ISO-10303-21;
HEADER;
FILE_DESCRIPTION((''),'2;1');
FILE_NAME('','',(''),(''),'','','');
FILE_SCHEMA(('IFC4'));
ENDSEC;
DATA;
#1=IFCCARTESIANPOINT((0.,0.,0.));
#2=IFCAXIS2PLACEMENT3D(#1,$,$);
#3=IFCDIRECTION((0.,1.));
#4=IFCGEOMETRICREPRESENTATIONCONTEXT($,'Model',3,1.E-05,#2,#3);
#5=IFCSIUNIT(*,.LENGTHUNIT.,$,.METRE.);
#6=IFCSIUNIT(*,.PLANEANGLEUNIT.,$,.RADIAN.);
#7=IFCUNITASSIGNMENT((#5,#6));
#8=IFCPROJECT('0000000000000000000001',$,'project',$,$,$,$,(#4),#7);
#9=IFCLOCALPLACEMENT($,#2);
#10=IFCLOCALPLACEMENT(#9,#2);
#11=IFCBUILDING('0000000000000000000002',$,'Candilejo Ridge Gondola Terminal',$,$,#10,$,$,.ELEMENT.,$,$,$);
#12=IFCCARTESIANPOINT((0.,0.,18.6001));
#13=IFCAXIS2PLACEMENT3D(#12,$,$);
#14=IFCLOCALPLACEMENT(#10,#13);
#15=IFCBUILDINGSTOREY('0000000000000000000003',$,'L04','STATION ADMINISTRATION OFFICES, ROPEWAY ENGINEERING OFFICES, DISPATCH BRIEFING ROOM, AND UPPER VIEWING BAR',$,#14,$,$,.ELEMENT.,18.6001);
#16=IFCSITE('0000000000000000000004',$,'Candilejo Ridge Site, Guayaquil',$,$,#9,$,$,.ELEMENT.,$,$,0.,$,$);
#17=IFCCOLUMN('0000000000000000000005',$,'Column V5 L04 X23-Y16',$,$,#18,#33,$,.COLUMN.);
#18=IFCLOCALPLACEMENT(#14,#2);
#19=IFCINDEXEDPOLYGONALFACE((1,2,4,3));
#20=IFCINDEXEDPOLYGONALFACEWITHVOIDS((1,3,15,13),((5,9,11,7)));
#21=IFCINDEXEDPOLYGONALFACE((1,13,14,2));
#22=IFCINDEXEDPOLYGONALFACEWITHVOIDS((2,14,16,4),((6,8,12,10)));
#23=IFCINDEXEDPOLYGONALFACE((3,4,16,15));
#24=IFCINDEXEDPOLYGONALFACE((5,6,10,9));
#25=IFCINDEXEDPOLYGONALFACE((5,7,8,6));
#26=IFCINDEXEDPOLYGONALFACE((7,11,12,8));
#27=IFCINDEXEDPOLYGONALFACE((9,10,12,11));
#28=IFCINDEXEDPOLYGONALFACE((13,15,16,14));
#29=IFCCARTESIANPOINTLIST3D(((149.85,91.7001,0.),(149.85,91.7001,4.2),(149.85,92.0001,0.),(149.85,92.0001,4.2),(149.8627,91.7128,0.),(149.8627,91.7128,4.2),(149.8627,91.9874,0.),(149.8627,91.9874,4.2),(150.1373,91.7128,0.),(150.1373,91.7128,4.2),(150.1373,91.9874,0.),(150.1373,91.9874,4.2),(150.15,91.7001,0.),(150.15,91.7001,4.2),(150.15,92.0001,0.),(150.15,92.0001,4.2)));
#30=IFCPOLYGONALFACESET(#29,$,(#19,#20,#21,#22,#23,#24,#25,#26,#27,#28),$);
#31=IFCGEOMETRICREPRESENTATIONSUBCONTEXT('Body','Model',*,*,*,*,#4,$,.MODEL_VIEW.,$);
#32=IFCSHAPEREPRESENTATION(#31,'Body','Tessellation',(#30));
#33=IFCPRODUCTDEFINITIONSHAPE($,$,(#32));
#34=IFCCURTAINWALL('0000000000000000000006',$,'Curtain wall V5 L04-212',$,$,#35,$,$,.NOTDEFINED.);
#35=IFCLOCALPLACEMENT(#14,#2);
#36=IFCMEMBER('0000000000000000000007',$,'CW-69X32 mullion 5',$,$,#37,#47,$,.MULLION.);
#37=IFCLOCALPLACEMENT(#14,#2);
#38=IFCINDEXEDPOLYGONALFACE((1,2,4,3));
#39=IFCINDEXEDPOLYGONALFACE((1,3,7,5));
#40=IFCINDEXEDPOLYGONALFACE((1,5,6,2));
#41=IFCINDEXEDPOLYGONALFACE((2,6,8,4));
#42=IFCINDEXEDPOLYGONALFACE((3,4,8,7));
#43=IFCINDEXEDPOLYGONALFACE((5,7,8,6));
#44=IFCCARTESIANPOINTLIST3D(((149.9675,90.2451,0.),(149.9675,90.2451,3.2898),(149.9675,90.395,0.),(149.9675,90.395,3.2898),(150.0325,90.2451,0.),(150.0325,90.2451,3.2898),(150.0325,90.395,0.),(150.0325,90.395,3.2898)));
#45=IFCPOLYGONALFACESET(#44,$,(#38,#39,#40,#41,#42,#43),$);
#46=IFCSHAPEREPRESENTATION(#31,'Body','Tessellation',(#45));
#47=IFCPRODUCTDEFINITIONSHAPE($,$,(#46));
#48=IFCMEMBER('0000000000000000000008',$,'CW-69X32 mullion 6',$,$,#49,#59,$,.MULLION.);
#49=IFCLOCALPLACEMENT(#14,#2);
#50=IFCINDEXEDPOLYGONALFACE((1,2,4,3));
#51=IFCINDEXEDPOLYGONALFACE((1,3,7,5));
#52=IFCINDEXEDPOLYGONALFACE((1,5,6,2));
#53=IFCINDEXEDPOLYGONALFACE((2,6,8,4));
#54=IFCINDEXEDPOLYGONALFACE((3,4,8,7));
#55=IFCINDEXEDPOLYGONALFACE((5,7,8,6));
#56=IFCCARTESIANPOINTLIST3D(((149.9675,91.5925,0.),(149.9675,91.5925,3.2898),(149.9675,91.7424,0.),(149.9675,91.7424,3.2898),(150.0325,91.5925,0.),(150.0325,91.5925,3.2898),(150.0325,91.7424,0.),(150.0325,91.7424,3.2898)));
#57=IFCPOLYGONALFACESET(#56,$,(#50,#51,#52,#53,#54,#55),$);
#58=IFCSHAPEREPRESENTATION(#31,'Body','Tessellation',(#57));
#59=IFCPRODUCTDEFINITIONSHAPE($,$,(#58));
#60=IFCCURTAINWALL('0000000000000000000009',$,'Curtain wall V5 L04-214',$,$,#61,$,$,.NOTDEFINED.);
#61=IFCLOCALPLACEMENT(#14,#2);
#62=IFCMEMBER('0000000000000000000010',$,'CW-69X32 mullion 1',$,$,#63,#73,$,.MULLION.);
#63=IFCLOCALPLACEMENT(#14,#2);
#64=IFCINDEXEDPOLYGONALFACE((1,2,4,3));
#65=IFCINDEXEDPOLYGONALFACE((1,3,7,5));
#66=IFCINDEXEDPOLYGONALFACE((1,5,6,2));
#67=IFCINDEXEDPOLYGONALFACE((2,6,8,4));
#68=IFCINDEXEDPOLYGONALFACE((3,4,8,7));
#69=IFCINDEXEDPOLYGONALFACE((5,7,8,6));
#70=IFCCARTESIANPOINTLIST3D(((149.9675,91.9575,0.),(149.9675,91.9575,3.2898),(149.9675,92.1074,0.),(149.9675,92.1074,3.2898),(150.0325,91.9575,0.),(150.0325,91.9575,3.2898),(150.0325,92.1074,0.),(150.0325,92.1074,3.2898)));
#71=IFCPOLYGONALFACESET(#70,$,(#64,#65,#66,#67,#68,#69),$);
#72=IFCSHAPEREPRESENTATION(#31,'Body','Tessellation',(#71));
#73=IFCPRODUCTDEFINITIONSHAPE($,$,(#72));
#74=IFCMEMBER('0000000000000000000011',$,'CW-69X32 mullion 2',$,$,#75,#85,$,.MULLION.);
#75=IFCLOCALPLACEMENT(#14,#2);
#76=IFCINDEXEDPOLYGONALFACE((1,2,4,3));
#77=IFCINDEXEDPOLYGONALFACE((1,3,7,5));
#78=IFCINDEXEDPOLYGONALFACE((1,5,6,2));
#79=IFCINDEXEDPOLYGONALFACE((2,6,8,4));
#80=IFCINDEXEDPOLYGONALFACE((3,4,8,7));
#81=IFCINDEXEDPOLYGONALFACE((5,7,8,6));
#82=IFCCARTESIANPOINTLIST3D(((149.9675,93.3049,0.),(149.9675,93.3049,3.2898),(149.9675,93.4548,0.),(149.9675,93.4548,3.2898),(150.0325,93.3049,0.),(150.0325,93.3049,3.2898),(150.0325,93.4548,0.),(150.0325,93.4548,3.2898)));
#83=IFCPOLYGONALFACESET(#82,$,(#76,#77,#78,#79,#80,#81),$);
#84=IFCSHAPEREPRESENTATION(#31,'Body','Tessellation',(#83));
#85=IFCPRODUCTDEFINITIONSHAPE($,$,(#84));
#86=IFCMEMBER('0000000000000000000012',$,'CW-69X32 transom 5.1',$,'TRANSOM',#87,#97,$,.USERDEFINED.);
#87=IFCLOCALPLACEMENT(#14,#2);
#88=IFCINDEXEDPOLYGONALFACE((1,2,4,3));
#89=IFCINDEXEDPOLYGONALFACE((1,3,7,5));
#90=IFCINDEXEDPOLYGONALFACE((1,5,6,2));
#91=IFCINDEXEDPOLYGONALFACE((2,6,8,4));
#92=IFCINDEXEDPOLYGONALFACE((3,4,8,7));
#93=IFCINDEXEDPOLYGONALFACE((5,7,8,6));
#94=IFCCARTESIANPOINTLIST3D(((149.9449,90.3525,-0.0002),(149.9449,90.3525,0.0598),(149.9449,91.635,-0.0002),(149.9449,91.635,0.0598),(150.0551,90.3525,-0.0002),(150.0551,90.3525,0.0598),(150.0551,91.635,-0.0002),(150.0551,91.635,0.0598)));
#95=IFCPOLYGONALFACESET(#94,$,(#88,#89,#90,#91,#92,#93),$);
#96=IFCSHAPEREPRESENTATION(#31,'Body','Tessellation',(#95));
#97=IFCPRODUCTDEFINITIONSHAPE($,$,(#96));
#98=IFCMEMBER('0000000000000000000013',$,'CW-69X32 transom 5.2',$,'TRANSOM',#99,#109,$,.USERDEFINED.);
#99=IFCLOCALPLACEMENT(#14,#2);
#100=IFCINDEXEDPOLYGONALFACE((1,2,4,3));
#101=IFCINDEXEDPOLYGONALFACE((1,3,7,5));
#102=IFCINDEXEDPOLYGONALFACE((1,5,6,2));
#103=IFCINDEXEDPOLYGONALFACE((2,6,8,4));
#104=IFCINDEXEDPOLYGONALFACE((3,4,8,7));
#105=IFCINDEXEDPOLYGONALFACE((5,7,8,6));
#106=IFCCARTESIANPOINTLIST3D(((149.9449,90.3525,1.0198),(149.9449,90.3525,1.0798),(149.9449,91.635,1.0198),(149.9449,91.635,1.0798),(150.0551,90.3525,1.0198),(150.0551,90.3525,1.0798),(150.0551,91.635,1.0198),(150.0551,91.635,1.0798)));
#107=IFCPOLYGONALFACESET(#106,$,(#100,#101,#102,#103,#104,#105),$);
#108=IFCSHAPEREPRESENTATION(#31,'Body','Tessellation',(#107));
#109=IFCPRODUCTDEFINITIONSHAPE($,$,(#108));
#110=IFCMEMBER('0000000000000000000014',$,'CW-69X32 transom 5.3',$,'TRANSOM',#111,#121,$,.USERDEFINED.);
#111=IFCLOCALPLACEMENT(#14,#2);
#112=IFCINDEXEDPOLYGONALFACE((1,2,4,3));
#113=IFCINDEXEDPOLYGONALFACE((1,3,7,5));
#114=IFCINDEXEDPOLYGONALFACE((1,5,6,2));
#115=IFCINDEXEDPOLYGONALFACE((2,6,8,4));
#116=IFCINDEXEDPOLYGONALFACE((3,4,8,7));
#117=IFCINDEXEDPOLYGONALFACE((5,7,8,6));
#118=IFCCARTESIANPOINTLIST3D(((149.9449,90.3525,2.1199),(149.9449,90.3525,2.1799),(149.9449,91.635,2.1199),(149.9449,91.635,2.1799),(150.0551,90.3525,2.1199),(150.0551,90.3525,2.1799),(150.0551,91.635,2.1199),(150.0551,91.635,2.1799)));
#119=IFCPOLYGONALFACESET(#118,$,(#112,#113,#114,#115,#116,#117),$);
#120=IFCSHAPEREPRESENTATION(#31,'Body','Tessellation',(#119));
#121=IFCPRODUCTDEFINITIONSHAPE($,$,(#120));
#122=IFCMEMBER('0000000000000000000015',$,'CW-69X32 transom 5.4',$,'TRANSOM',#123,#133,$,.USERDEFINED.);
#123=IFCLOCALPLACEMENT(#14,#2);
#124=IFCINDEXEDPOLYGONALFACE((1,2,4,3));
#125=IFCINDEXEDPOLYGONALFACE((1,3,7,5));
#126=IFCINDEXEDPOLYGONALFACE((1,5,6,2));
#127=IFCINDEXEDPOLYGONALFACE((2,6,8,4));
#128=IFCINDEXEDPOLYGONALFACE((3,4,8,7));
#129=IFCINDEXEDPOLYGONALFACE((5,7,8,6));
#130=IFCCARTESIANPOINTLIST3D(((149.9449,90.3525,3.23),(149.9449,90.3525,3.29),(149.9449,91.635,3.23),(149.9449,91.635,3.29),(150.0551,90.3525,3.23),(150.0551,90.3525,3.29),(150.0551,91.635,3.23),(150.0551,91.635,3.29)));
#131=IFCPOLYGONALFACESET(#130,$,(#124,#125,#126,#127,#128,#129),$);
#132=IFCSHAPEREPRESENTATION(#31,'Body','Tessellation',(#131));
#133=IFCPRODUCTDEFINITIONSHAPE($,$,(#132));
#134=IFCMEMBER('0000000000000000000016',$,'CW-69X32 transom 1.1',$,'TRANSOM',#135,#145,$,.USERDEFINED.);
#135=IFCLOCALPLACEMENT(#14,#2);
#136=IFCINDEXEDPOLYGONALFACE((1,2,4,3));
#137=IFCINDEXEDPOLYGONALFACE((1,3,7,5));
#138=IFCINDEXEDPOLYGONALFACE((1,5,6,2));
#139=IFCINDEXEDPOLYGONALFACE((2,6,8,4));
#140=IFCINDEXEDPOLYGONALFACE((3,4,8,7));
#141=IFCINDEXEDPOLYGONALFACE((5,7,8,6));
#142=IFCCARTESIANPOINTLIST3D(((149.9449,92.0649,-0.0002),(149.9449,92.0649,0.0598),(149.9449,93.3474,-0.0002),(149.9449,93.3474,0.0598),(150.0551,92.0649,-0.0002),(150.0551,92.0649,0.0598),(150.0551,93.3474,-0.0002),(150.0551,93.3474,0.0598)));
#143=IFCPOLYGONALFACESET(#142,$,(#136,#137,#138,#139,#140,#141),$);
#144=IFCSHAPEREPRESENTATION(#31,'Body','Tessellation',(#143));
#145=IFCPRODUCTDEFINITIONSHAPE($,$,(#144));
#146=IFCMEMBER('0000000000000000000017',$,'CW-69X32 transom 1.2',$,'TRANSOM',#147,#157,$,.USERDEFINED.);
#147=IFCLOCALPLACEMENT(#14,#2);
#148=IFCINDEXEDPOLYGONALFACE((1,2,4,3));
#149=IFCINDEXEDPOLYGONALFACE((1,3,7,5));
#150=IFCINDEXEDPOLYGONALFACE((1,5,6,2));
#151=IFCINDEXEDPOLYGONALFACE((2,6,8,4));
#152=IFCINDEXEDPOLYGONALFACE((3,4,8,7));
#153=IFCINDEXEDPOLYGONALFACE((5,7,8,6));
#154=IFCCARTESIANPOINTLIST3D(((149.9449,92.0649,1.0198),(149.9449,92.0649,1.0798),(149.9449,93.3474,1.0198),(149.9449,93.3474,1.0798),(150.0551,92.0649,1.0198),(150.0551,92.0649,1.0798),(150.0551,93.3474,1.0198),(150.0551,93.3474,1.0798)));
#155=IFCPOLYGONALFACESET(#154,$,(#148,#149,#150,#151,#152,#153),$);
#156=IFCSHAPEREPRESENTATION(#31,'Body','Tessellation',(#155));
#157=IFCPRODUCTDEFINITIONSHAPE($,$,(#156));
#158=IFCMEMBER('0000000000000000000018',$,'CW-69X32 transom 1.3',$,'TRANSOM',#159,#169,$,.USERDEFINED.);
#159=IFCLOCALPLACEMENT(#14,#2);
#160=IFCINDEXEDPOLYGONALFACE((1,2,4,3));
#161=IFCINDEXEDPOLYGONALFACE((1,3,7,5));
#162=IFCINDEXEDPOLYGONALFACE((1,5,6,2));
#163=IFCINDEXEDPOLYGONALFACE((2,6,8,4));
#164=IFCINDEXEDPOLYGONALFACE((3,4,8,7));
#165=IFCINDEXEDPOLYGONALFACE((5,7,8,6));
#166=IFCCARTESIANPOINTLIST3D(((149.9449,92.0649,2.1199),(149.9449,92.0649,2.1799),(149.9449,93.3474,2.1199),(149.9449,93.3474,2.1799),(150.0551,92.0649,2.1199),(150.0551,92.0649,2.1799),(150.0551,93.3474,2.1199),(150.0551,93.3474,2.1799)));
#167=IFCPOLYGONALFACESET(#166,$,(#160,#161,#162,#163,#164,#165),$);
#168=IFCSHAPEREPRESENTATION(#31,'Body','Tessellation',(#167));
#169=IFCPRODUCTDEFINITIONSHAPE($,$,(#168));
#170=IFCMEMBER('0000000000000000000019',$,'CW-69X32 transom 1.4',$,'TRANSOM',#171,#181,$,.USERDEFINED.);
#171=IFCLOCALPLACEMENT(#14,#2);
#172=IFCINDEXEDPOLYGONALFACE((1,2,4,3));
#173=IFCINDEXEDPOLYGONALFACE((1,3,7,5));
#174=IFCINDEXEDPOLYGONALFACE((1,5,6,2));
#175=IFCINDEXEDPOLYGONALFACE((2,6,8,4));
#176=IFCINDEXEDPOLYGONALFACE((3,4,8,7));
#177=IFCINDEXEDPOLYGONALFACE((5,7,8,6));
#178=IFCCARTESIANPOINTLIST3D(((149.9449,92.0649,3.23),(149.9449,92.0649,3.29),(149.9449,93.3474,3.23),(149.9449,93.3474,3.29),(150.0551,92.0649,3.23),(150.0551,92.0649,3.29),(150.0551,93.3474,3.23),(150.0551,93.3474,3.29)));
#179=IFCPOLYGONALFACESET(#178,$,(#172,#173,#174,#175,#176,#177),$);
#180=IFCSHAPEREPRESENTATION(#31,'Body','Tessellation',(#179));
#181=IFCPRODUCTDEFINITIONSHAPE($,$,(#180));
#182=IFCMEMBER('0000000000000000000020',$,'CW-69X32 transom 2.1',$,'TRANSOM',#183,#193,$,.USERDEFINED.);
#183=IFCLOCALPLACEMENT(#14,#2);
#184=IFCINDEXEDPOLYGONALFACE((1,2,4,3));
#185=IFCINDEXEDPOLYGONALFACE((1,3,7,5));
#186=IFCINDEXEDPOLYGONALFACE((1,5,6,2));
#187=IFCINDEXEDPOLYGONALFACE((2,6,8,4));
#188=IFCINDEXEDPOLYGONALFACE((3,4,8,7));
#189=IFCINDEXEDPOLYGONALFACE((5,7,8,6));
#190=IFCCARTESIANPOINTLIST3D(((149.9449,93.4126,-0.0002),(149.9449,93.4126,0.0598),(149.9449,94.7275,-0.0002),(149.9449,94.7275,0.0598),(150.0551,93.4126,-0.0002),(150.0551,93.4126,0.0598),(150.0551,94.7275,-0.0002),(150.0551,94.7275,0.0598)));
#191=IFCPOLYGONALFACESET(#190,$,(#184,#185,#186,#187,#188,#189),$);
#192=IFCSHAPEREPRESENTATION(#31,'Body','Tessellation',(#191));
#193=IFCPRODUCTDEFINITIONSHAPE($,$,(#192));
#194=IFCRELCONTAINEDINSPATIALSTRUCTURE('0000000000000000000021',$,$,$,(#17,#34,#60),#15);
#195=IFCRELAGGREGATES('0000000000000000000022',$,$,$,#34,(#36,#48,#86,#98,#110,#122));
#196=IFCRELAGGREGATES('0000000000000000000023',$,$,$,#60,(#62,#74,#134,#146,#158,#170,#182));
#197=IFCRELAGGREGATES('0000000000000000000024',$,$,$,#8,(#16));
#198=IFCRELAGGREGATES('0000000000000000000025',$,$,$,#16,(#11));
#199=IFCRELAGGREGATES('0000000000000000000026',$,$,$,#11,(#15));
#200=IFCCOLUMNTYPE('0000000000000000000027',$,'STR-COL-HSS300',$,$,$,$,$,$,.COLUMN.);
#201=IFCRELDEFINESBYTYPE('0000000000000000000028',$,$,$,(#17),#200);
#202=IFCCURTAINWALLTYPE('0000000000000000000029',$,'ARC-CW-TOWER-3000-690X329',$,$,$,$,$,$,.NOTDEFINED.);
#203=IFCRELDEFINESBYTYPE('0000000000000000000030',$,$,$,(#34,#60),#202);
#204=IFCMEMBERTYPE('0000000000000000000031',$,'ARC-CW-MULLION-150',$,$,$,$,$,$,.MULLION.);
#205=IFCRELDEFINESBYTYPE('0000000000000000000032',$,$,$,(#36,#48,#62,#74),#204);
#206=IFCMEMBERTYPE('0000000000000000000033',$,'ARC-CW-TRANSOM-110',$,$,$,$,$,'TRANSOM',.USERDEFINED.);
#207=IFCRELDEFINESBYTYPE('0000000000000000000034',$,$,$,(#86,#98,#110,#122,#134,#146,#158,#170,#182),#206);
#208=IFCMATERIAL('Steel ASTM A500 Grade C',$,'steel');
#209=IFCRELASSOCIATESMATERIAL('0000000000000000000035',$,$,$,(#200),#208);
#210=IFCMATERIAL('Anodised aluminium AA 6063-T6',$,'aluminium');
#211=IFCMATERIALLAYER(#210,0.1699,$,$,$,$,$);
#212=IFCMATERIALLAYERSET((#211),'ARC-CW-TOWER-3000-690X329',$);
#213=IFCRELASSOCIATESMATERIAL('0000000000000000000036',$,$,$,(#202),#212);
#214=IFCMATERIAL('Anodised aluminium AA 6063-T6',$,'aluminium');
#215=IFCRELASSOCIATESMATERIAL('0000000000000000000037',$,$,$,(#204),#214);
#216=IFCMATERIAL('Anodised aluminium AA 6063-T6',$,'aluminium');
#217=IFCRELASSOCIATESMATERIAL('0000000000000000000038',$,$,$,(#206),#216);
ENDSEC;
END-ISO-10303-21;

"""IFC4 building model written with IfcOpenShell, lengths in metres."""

from ifc_helpers import new_model, si_unit, direction, frame, origin, origin_2d, place, context, subcontext, project, spatial, rectangle, hollow_rectangle, extrude, material, layer, layer_set, material_profile, profile_set, type_object, element, aggregate, save


model = new_model("IFC4")

# Units and contexts
model_context = context("Model", 3, precision=1e-05, world=origin(), true_north=direction((0.0, 1.0)))
body_context = subcontext(model_context, "Body", "Model", "MODEL_VIEW")
ifc_project = project(units=[si_unit("LENGTHUNIT", "METRE"), si_unit("PLANEANGLEUNIT", "RADIAN")], contexts=[model_context])

# Site, building, storey
site_placement = place(None, origin())
site = spatial("IfcSite", under=ifc_project, at=site_placement, Name="Candilejo Ridge Site, Guayaquil", CompositionType="ELEMENT", RefElevation=0.0)
building_placement = place(site_placement, origin())
building = spatial("IfcBuilding", under=site, at=building_placement, Name="Candilejo Ridge Gondola Terminal", CompositionType="ELEMENT")
storey_placement = place(building_placement, frame((0.0, 0.0, 18.6001)))
storey = spatial("IfcBuildingStorey", under=building, at=storey_placement, Name="L04", Description="STATION ADMINISTRATION OFFICES, ROPEWAY ENGINEERING OFFICES, DISPATCH BRIEFING ROOM, AND UPPER VIEWING BAR", CompositionType="ELEMENT", Elevation=18.6001)

# Column
ifc_material_1 = material(Name="Steel ASTM A500 Grade C", Category="steel")
ifc_material_profile_1 = material_profile(ifc_material_1, hollow_rectangle(XDim=0.3, YDim=0.3, WallThickness=0.0127, at=origin_2d()))
ifc_profile_set_1 = profile_set([ifc_material_profile_1], Name="Steel ASTM A500 Grade C")
column_type = type_object("IfcColumnType", Name="STR-COL-HSS300", PredefinedType="COLUMN", material=ifc_profile_set_1)
column_placement = place(storey_placement, frame((150.0, 91.8501, 0.0), z_axis=(0.0, 0.0, 1.0), x_axis=(1.0, 0.0, 0.0)))
element("IfcColumn", 1, at=column_placement, inside=storey, type_object=column_type, Name="Column V5 L04 X23-Y16", PredefinedType="COLUMN", context=body_context, shape_type="SweptSolid", body=[
    extrude(hollow_rectangle(XDim=0.3, YDim=0.3, WallThickness=0.0127, at=origin_2d()), origin(), (0.0, 0.0, 1.0), 4.2),
])

# Curtain walls, members
ifc_material_2 = material(Name="Anodised aluminium AA 6063-T6", Category="aluminium")
ifc_layer_1 = layer(ifc_material_2, 0.1699)
ifc_layer_set_1 = layer_set([ifc_layer_1], Name="ARC-CW-TOWER-3000-690X329")
curtain_wall_type = type_object("IfcCurtainWallType", Name="ARC-CW-TOWER-3000-690X329", PredefinedType="NOTDEFINED", material=ifc_layer_set_1)
curtain_wall_1_placement = place(storey_placement, origin())
curtain_wall_1 = element("IfcCurtainWall", 2, at=curtain_wall_1_placement, inside=storey, type_object=curtain_wall_type, Name="Curtain wall V5 L04-212", PredefinedType="NOTDEFINED")
ifc_material_3 = material(Name="Anodised aluminium AA 6063-T6", Category="aluminium")
ifc_material_profile_2 = material_profile(ifc_material_3, rectangle(XDim=0.0649, YDim=0.1499, at=origin_2d()))
ifc_profile_set_2 = profile_set([ifc_material_profile_2], Name="Anodised aluminium AA 6063-T6")
member_type_1 = type_object("IfcMemberType", Name="ARC-CW-MULLION-150", PredefinedType="MULLION", material=ifc_profile_set_2)
member_1_placement = place(storey_placement, frame((150.0, 90.3201, 0.0), z_axis=(0.0, 0.0, 1.0), x_axis=(-1.0, 0.0, 0.0)))
member_1 = element("IfcMember", 3, at=member_1_placement, type_object=member_type_1, Name="CW-69X32 mullion 5", PredefinedType="MULLION", context=body_context, shape_type="SweptSolid", body=[
    extrude(rectangle(XDim=0.0649, YDim=0.1499, at=origin_2d()), origin(), (0.0, 0.0, 1.0), 3.2898),
])
member_2_placement = place(storey_placement, frame((150.0, 91.6675, 0.0), z_axis=(0.0, 0.0, 1.0), x_axis=(-1.0, 0.0, 0.0)))
member_2 = element("IfcMember", 4, at=member_2_placement, type_object=member_type_1, Name="CW-69X32 mullion 6", PredefinedType="MULLION", context=body_context, shape_type="SweptSolid", body=[
    extrude(rectangle(XDim=0.0649, YDim=0.1499, at=origin_2d()), origin(), (0.0, 0.0, 1.0), 3.2898),
])
curtain_wall_2_placement = place(storey_placement, origin())
curtain_wall_2 = element("IfcCurtainWall", 5, at=curtain_wall_2_placement, inside=storey, type_object=curtain_wall_type, Name="Curtain wall V5 L04-214", PredefinedType="NOTDEFINED")
member_3_placement = place(storey_placement, frame((150.0, 92.0325, 0.0), z_axis=(0.0, 0.0, 1.0), x_axis=(-1.0, 0.0, 0.0)))
member_3 = element("IfcMember", 6, at=member_3_placement, type_object=member_type_1, Name="CW-69X32 mullion 1", PredefinedType="MULLION", context=body_context, shape_type="SweptSolid", body=[
    extrude(rectangle(XDim=0.0649, YDim=0.1499, at=origin_2d()), origin(), (0.0, 0.0, 1.0), 3.2898),
])
member_4_placement = place(storey_placement, frame((150.0, 93.3799, 0.0), z_axis=(0.0, 0.0, 1.0), x_axis=(-1.0, 0.0, 0.0)))
member_4 = element("IfcMember", 7, at=member_4_placement, type_object=member_type_1, Name="CW-69X32 mullion 2", PredefinedType="MULLION", context=body_context, shape_type="SweptSolid", body=[
    extrude(rectangle(XDim=0.0649, YDim=0.1499, at=origin_2d()), origin(), (0.0, 0.0, 1.0), 3.2898),
])

# Members
ifc_material_4 = material(Name="Anodised aluminium AA 6063-T6", Category="aluminium")
ifc_material_profile_3 = material_profile(ifc_material_4, rectangle(XDim=0.1101, YDim=0.0601, at=origin_2d()))
ifc_profile_set_3 = profile_set([ifc_material_profile_3], Name="Anodised aluminium AA 6063-T6")
member_type_2 = type_object("IfcMemberType", Name="ARC-CW-TRANSOM-110", ElementType="TRANSOM", PredefinedType="USERDEFINED", material=ifc_profile_set_3)
member_5_placement = place(storey_placement, frame((150.0, 90.3525, 0.0298), z_axis=(0.0, 1.0, 0.0), x_axis=(-1.0, 0.0, 0.0)))
member_5 = element("IfcMember", 8, at=member_5_placement, type_object=member_type_2, Name="CW-69X32 transom 5.1", ObjectType="TRANSOM", PredefinedType="USERDEFINED", context=body_context, shape_type="SweptSolid", body=[
    extrude(rectangle(XDim=0.1101, YDim=0.0601, at=origin_2d()), origin(), (0.0, 0.0, 1.0), 1.2825),
])
member_6_placement = place(storey_placement, frame((150.0, 90.3525, 1.0498), z_axis=(0.0, 1.0, 0.0), x_axis=(-1.0, 0.0, 0.0)))
member_6 = element("IfcMember", 9, at=member_6_placement, type_object=member_type_2, Name="CW-69X32 transom 5.2", ObjectType="TRANSOM", PredefinedType="USERDEFINED", context=body_context, shape_type="SweptSolid", body=[
    extrude(rectangle(XDim=0.1101, YDim=0.0601, at=origin_2d()), origin(), (0.0, 0.0, 1.0), 1.2825),
])
member_7_placement = place(storey_placement, frame((150.0, 90.3525, 2.1499), z_axis=(0.0, 1.0, 0.0), x_axis=(-1.0, 0.0, 0.0)))
member_7 = element("IfcMember", 10, at=member_7_placement, type_object=member_type_2, Name="CW-69X32 transom 5.3", ObjectType="TRANSOM", PredefinedType="USERDEFINED", context=body_context, shape_type="SweptSolid", body=[
    extrude(rectangle(XDim=0.1101, YDim=0.0601, at=origin_2d()), origin(), (0.0, 0.0, 1.0), 1.2825),
])
member_8_placement = place(storey_placement, frame((150.0, 90.3525, 3.26), z_axis=(0.0, 1.0, 0.0), x_axis=(-1.0, 0.0, 0.0)))
member_8 = element("IfcMember", 11, at=member_8_placement, type_object=member_type_2, Name="CW-69X32 transom 5.4", ObjectType="TRANSOM", PredefinedType="USERDEFINED", context=body_context, shape_type="SweptSolid", body=[
    extrude(rectangle(XDim=0.1101, YDim=0.0601, at=origin_2d()), origin(), (0.0, 0.0, 1.0), 1.2825),
])
member_9_placement = place(storey_placement, frame((150.0, 92.0649, 0.0298), z_axis=(0.0, 1.0, 0.0), x_axis=(-1.0, 0.0, 0.0)))
member_9 = element("IfcMember", 12, at=member_9_placement, type_object=member_type_2, Name="CW-69X32 transom 1.1", ObjectType="TRANSOM", PredefinedType="USERDEFINED", context=body_context, shape_type="SweptSolid", body=[
    extrude(rectangle(XDim=0.1101, YDim=0.0601, at=origin_2d()), origin(), (0.0, 0.0, 1.0), 1.2825),
])
member_10_placement = place(storey_placement, frame((150.0, 92.0649, 1.0498), z_axis=(0.0, 1.0, 0.0), x_axis=(-1.0, 0.0, 0.0)))
member_10 = element("IfcMember", 13, at=member_10_placement, type_object=member_type_2, Name="CW-69X32 transom 1.2", ObjectType="TRANSOM", PredefinedType="USERDEFINED", context=body_context, shape_type="SweptSolid", body=[
    extrude(rectangle(XDim=0.1101, YDim=0.0601, at=origin_2d()), origin(), (0.0, 0.0, 1.0), 1.2825),
])
member_11_placement = place(storey_placement, frame((150.0, 92.0649, 2.1499), z_axis=(0.0, 1.0, 0.0), x_axis=(-1.0, 0.0, 0.0)))
member_11 = element("IfcMember", 14, at=member_11_placement, type_object=member_type_2, Name="CW-69X32 transom 1.3", ObjectType="TRANSOM", PredefinedType="USERDEFINED", context=body_context, shape_type="SweptSolid", body=[
    extrude(rectangle(XDim=0.1101, YDim=0.0601, at=origin_2d()), origin(), (0.0, 0.0, 1.0), 1.2825),
])
member_12_placement = place(storey_placement, frame((150.0, 92.0649, 3.26), z_axis=(0.0, 1.0, 0.0), x_axis=(-1.0, 0.0, 0.0)))
member_12 = element("IfcMember", 15, at=member_12_placement, type_object=member_type_2, Name="CW-69X32 transom 1.4", ObjectType="TRANSOM", PredefinedType="USERDEFINED", context=body_context, shape_type="SweptSolid", body=[
    extrude(rectangle(XDim=0.1101, YDim=0.0601, at=origin_2d()), origin(), (0.0, 0.0, 1.0), 1.2825),
])
member_13_placement = place(storey_placement, frame((150.0, 93.4126, 0.0298), z_axis=(0.0, 1.0, 0.0), x_axis=(-1.0, 0.0, 0.0)))
member_13 = element("IfcMember", 16, at=member_13_placement, type_object=member_type_2, Name="CW-69X32 transom 2.1", ObjectType="TRANSOM", PredefinedType="USERDEFINED", context=body_context, shape_type="SweptSolid", body=[
    extrude(rectangle(XDim=0.1101, YDim=0.0601, at=origin_2d()), origin(), (0.0, 0.0, 1.0), 1.3149),
])

aggregate(curtain_wall_1, [member_1, member_2, member_5, member_6, member_7, member_8])
aggregate(curtain_wall_2, [member_3, member_4, member_9, member_10, member_11, member_12, member_13])

save(model, "model.ifc")
